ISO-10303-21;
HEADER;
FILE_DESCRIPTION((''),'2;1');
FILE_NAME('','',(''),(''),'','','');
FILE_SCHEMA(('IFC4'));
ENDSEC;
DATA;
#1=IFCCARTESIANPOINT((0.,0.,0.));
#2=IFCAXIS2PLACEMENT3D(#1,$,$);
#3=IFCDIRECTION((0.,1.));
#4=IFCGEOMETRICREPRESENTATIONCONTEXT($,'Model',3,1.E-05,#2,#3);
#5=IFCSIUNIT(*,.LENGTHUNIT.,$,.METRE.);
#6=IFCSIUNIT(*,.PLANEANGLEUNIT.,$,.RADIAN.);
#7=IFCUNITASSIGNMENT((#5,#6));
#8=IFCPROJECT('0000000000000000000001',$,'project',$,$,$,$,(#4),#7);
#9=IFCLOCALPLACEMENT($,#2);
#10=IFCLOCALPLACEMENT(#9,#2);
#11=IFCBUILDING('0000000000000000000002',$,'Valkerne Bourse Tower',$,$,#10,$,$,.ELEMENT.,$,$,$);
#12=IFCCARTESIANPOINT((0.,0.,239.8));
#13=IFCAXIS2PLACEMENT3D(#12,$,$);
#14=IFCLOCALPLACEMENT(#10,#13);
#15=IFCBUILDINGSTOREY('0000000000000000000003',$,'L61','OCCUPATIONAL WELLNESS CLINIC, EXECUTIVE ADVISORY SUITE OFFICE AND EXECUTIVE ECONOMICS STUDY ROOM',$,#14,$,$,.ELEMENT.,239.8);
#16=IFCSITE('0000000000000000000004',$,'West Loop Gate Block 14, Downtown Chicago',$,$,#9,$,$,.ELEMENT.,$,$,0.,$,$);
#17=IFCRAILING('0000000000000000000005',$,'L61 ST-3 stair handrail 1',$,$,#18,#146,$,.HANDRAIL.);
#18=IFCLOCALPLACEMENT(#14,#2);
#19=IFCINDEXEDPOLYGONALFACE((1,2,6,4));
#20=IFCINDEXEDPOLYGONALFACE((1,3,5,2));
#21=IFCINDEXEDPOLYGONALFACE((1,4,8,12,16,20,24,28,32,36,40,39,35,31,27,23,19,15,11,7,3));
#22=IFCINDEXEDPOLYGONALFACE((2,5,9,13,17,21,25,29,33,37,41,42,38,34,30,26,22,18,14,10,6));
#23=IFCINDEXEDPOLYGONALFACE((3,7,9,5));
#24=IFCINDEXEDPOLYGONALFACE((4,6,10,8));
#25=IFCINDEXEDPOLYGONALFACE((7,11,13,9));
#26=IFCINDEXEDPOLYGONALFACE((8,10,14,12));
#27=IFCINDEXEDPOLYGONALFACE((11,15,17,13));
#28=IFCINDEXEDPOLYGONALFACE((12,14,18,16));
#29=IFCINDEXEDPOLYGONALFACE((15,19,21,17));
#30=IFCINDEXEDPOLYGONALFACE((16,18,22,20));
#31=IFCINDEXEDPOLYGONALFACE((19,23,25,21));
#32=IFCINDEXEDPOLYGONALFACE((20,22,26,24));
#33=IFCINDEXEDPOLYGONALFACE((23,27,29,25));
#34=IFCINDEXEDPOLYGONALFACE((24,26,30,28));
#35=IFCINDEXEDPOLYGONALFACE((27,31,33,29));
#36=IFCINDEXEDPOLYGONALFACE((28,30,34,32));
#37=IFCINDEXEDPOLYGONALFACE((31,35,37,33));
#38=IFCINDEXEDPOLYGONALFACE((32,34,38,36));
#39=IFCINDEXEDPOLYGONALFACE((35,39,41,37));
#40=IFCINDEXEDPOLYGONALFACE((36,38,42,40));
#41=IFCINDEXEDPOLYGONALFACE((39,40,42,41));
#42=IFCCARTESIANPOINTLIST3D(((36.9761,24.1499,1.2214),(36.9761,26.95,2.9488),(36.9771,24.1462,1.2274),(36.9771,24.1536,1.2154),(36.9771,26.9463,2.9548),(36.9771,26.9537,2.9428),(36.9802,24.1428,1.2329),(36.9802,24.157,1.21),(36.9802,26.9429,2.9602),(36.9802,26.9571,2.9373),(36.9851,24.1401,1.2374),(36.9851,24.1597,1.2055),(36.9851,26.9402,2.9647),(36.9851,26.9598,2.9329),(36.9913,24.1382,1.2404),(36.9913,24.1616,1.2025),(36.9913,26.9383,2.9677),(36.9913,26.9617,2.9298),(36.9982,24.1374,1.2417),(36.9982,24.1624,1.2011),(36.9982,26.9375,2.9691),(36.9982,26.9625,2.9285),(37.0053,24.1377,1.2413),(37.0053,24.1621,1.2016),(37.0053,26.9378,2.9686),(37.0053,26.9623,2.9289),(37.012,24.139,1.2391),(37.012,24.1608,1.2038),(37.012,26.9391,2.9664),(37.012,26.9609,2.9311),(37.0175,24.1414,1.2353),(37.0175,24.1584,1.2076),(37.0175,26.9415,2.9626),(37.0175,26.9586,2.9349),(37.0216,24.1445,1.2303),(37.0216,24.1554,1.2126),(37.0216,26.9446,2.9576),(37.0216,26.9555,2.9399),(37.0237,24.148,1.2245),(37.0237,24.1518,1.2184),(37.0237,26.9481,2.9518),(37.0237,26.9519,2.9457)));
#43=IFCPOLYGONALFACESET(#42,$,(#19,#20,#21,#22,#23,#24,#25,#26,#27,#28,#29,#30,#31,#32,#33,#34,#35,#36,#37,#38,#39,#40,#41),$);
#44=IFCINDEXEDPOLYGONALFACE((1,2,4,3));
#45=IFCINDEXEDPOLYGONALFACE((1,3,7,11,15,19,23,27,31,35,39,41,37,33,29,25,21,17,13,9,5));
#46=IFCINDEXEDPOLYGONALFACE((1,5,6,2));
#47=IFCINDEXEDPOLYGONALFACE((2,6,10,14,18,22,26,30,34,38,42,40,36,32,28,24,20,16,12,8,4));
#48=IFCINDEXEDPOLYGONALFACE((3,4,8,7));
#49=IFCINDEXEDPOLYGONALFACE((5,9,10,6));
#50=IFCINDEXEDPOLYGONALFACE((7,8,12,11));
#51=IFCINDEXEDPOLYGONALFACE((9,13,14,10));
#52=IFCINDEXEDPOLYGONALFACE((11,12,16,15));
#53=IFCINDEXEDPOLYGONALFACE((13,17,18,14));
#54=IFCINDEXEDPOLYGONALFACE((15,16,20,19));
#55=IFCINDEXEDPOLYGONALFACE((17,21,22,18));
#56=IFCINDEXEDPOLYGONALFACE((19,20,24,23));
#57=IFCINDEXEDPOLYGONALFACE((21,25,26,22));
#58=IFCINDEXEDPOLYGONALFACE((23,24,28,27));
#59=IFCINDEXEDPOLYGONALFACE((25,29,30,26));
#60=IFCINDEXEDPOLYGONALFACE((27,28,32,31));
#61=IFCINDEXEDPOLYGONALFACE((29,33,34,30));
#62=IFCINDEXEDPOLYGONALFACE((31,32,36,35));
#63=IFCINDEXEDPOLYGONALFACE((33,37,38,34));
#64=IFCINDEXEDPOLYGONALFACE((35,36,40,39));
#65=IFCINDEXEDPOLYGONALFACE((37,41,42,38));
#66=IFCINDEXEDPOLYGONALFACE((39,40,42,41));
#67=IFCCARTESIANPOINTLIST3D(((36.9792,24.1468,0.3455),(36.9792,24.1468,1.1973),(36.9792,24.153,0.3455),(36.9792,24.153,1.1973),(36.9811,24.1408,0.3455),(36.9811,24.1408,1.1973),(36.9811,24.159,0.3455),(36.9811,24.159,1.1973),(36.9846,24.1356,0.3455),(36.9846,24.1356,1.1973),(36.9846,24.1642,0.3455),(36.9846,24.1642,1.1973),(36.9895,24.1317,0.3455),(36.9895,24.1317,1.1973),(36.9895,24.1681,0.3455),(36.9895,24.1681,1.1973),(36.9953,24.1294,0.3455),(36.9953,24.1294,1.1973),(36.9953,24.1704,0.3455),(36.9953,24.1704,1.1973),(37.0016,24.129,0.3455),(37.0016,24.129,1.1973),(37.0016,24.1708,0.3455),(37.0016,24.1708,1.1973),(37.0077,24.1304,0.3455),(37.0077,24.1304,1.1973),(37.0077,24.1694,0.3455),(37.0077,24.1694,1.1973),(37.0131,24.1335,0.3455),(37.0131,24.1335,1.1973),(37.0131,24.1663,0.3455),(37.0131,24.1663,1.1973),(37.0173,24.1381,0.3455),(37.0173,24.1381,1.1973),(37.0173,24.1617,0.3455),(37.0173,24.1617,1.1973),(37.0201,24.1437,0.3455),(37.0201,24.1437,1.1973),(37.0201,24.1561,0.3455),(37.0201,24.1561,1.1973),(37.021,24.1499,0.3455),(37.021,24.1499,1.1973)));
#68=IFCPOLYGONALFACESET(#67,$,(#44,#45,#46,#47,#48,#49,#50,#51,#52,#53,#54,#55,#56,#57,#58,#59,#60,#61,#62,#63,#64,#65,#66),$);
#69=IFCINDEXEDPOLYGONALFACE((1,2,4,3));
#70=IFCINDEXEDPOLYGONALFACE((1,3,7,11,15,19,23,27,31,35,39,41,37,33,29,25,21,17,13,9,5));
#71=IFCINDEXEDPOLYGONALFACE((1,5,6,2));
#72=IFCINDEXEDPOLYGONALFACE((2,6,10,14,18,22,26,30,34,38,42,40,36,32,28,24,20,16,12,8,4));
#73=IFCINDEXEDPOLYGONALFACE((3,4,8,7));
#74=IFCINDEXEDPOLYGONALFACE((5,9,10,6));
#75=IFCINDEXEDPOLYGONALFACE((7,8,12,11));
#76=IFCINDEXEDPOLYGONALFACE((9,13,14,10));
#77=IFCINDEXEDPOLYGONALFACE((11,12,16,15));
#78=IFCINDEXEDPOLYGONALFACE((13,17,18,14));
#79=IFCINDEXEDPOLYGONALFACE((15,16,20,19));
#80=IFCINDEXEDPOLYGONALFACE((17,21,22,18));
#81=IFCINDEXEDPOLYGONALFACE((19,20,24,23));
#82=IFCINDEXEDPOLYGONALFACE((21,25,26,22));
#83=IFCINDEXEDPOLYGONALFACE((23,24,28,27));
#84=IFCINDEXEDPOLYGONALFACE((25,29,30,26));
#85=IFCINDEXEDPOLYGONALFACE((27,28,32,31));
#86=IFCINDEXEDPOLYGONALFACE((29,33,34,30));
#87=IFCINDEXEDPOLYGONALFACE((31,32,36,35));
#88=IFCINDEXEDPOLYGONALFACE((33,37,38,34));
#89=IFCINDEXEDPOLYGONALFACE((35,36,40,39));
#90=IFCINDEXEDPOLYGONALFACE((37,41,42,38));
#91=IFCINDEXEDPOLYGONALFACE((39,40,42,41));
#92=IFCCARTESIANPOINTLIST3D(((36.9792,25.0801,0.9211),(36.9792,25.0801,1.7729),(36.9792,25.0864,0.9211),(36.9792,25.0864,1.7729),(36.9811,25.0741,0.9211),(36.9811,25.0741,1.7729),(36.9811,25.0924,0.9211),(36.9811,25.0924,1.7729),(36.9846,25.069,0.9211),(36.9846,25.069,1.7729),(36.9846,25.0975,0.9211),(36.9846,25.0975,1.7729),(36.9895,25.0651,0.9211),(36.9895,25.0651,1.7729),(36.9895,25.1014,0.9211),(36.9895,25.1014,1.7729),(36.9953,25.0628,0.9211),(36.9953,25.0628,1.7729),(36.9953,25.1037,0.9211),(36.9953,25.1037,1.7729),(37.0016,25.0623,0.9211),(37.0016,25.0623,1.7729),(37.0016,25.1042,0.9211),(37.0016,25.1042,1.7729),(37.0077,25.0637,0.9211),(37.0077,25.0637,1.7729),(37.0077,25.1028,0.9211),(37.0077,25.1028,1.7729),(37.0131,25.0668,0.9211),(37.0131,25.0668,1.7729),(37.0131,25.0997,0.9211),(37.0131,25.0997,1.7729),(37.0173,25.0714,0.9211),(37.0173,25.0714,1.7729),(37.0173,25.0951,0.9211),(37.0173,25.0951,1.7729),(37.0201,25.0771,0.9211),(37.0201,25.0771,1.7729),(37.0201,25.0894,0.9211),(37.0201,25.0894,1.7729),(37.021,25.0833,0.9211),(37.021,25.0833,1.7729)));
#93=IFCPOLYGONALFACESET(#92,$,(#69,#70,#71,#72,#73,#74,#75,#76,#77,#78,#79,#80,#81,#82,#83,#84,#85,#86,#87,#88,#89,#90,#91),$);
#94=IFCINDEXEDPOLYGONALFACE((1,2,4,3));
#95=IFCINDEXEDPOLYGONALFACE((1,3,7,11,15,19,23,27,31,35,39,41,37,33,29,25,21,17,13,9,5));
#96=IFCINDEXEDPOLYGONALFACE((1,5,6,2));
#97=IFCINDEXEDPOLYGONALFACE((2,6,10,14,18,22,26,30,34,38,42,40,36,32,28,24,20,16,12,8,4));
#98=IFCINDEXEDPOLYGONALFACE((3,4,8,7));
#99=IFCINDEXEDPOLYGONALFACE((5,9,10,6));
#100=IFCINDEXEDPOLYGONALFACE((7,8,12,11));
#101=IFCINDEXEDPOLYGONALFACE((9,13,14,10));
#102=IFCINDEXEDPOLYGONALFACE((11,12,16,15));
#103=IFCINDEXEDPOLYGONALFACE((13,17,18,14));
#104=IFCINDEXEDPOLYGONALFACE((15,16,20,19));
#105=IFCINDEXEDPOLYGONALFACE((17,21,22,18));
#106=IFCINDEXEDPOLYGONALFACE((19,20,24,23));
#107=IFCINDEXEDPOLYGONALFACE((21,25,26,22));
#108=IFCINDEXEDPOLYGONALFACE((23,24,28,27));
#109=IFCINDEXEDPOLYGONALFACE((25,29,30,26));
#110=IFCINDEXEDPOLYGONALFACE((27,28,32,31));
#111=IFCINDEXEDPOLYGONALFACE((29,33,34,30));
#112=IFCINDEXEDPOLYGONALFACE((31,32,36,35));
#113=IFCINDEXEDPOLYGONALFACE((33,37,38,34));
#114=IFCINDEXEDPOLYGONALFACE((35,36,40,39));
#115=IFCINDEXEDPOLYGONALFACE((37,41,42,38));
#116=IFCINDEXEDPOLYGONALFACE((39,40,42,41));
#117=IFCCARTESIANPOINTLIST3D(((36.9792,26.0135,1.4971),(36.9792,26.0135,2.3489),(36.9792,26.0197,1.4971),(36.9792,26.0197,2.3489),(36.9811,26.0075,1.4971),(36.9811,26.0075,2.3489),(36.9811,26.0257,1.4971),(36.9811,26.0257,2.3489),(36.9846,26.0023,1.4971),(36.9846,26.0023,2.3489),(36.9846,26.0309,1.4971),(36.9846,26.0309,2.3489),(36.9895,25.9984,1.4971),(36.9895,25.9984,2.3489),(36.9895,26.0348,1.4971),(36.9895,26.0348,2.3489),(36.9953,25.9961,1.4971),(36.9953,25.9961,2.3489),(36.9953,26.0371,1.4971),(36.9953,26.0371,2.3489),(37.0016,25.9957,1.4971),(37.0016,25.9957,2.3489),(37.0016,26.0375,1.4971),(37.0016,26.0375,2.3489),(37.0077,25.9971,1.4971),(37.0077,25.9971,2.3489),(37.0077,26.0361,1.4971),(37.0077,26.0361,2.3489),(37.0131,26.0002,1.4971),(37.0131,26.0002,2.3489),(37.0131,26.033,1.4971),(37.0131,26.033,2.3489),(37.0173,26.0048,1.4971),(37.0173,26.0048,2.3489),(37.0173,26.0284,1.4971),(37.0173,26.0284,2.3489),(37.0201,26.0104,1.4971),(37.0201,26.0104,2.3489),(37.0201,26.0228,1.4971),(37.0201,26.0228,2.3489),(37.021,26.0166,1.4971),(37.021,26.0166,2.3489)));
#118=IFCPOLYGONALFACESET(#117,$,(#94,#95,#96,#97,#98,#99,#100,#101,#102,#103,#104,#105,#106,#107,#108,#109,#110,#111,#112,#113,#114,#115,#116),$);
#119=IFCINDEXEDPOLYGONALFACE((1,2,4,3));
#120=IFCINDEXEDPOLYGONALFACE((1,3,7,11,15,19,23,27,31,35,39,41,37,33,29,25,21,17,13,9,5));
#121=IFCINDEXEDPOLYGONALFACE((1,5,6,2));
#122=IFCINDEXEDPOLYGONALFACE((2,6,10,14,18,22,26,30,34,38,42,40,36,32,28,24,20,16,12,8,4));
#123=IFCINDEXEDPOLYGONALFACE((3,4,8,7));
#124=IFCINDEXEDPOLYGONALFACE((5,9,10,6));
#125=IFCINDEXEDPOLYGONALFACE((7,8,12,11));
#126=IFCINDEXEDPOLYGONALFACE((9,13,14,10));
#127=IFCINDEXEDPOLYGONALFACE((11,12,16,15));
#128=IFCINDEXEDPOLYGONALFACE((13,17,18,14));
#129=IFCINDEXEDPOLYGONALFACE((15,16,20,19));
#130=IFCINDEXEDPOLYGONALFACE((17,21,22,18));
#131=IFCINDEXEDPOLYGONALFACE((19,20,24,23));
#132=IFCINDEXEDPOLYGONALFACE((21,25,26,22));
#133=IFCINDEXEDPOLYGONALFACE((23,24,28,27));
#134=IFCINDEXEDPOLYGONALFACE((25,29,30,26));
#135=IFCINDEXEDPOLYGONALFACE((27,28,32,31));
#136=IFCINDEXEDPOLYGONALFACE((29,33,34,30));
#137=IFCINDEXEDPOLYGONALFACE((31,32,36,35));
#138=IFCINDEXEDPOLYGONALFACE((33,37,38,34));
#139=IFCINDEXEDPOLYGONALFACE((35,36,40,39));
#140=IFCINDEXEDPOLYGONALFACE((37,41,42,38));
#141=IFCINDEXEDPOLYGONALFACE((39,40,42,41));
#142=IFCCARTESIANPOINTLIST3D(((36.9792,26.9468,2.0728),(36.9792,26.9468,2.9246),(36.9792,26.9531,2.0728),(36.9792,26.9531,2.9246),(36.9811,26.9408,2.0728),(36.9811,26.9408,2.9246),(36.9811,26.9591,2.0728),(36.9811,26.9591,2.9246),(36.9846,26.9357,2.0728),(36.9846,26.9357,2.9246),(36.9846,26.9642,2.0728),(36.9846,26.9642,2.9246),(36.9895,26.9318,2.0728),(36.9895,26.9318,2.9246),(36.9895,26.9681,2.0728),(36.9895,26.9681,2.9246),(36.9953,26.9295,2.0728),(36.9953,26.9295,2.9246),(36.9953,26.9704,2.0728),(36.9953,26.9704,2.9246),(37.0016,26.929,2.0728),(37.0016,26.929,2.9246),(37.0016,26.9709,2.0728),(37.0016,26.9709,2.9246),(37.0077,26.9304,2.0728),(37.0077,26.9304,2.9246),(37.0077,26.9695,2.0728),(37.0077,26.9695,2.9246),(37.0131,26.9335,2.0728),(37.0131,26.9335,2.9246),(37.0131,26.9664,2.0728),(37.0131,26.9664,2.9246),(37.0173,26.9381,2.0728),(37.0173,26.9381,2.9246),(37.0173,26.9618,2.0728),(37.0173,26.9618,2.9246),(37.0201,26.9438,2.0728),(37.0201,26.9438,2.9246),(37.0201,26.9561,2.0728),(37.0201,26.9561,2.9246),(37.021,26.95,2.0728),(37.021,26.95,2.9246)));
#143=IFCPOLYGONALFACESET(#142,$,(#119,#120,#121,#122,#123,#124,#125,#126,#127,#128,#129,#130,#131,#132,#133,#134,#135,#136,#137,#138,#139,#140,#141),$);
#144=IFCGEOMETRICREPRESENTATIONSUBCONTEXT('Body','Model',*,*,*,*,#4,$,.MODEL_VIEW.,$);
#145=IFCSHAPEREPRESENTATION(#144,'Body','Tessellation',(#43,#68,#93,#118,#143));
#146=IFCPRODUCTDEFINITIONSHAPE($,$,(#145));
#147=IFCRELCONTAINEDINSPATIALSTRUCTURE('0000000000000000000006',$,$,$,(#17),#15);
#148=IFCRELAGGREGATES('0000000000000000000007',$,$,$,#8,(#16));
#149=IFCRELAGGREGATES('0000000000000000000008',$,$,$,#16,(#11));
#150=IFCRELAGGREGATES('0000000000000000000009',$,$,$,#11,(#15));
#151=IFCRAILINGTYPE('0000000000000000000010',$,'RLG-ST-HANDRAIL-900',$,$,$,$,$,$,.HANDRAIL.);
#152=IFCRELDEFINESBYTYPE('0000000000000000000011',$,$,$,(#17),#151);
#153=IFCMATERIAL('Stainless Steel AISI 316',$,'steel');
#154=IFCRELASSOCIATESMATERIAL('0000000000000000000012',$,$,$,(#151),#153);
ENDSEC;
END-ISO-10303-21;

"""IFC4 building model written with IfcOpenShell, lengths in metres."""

from ifc_helpers import new_model, si_unit, direction, frame, origin, origin_2d, place, context, subcontext, project, spatial, circle, extrude, material, type_object, element, save


model = new_model("IFC4")

# Units and contexts
model_context = context("Model", 3, precision=1e-05, world=origin(), true_north=direction((0.0, 1.0)))
body_context = subcontext(model_context, "Body", "Model", "MODEL_VIEW")
ifc_project = project(units=[si_unit("LENGTHUNIT", "METRE"), si_unit("PLANEANGLEUNIT", "RADIAN")], contexts=[model_context])

# Site, building, storey
site_placement = place(None, origin())
site = spatial("IfcSite", under=ifc_project, at=site_placement, Name="West Loop Gate Block 14, Downtown Chicago", CompositionType="ELEMENT", RefElevation=0.0)
building_placement = place(site_placement, origin())
building = spatial("IfcBuilding", under=site, at=building_placement, Name="Valkerne Bourse Tower", CompositionType="ELEMENT")
storey_placement = place(building_placement, frame((0.0, 0.0, 239.8)))
storey = spatial("IfcBuildingStorey", under=building, at=storey_placement, Name="L61", Description="OCCUPATIONAL WELLNESS CLINIC, EXECUTIVE ADVISORY SUITE OFFICE AND EXECUTIVE ECONOMICS STUDY ROOM", CompositionType="ELEMENT", Elevation=239.8)

# Railing
ifc_material_1 = material(Name="Stainless Steel AISI 316", Category="steel")
railing_type_1 = type_object("IfcRailingType", Name="RLG-ST-HANDRAIL-900", PredefinedType="HANDRAIL", material=ifc_material_1)
railing_1_placement = place(storey_placement, frame((37.0, 24.1499, 0.3455)))
element("IfcRailing", 1, at=railing_1_placement, inside=storey, type_object=railing_type_1, Name="L61 ST-3 stair handrail 1", PredefinedType="HANDRAIL", context=body_context, shape_type="SweptSolid", body=[
    extrude(circle(Radius=0.0239, at=origin_2d()), frame((0.0, 0.0, 0.876), z_axis=(0.0, 0.85109, 0.52502), x_axis=(-1.0, 0.0, 0.0)), (0.0, 0.0, 1.0), 3.29),
    extrude(circle(Radius=0.021, at=origin_2d()), origin(), (0.0, 0.0, 1.0), 0.8518),
    extrude(circle(Radius=0.021, at=origin_2d()), frame((0.0, 0.9333, 0.5757)), (0.0, 0.0, 1.0), 0.8518),
    extrude(circle(Radius=0.021, at=origin_2d()), frame((0.0, 1.8667, 1.1516)), (0.0, 0.0, 1.0), 0.8518),
    extrude(circle(Radius=0.021, at=origin_2d()), frame((0.0, 2.8, 1.7273)), (0.0, 0.0, 1.0), 0.8518),
])

save(model, "model.ifc")
